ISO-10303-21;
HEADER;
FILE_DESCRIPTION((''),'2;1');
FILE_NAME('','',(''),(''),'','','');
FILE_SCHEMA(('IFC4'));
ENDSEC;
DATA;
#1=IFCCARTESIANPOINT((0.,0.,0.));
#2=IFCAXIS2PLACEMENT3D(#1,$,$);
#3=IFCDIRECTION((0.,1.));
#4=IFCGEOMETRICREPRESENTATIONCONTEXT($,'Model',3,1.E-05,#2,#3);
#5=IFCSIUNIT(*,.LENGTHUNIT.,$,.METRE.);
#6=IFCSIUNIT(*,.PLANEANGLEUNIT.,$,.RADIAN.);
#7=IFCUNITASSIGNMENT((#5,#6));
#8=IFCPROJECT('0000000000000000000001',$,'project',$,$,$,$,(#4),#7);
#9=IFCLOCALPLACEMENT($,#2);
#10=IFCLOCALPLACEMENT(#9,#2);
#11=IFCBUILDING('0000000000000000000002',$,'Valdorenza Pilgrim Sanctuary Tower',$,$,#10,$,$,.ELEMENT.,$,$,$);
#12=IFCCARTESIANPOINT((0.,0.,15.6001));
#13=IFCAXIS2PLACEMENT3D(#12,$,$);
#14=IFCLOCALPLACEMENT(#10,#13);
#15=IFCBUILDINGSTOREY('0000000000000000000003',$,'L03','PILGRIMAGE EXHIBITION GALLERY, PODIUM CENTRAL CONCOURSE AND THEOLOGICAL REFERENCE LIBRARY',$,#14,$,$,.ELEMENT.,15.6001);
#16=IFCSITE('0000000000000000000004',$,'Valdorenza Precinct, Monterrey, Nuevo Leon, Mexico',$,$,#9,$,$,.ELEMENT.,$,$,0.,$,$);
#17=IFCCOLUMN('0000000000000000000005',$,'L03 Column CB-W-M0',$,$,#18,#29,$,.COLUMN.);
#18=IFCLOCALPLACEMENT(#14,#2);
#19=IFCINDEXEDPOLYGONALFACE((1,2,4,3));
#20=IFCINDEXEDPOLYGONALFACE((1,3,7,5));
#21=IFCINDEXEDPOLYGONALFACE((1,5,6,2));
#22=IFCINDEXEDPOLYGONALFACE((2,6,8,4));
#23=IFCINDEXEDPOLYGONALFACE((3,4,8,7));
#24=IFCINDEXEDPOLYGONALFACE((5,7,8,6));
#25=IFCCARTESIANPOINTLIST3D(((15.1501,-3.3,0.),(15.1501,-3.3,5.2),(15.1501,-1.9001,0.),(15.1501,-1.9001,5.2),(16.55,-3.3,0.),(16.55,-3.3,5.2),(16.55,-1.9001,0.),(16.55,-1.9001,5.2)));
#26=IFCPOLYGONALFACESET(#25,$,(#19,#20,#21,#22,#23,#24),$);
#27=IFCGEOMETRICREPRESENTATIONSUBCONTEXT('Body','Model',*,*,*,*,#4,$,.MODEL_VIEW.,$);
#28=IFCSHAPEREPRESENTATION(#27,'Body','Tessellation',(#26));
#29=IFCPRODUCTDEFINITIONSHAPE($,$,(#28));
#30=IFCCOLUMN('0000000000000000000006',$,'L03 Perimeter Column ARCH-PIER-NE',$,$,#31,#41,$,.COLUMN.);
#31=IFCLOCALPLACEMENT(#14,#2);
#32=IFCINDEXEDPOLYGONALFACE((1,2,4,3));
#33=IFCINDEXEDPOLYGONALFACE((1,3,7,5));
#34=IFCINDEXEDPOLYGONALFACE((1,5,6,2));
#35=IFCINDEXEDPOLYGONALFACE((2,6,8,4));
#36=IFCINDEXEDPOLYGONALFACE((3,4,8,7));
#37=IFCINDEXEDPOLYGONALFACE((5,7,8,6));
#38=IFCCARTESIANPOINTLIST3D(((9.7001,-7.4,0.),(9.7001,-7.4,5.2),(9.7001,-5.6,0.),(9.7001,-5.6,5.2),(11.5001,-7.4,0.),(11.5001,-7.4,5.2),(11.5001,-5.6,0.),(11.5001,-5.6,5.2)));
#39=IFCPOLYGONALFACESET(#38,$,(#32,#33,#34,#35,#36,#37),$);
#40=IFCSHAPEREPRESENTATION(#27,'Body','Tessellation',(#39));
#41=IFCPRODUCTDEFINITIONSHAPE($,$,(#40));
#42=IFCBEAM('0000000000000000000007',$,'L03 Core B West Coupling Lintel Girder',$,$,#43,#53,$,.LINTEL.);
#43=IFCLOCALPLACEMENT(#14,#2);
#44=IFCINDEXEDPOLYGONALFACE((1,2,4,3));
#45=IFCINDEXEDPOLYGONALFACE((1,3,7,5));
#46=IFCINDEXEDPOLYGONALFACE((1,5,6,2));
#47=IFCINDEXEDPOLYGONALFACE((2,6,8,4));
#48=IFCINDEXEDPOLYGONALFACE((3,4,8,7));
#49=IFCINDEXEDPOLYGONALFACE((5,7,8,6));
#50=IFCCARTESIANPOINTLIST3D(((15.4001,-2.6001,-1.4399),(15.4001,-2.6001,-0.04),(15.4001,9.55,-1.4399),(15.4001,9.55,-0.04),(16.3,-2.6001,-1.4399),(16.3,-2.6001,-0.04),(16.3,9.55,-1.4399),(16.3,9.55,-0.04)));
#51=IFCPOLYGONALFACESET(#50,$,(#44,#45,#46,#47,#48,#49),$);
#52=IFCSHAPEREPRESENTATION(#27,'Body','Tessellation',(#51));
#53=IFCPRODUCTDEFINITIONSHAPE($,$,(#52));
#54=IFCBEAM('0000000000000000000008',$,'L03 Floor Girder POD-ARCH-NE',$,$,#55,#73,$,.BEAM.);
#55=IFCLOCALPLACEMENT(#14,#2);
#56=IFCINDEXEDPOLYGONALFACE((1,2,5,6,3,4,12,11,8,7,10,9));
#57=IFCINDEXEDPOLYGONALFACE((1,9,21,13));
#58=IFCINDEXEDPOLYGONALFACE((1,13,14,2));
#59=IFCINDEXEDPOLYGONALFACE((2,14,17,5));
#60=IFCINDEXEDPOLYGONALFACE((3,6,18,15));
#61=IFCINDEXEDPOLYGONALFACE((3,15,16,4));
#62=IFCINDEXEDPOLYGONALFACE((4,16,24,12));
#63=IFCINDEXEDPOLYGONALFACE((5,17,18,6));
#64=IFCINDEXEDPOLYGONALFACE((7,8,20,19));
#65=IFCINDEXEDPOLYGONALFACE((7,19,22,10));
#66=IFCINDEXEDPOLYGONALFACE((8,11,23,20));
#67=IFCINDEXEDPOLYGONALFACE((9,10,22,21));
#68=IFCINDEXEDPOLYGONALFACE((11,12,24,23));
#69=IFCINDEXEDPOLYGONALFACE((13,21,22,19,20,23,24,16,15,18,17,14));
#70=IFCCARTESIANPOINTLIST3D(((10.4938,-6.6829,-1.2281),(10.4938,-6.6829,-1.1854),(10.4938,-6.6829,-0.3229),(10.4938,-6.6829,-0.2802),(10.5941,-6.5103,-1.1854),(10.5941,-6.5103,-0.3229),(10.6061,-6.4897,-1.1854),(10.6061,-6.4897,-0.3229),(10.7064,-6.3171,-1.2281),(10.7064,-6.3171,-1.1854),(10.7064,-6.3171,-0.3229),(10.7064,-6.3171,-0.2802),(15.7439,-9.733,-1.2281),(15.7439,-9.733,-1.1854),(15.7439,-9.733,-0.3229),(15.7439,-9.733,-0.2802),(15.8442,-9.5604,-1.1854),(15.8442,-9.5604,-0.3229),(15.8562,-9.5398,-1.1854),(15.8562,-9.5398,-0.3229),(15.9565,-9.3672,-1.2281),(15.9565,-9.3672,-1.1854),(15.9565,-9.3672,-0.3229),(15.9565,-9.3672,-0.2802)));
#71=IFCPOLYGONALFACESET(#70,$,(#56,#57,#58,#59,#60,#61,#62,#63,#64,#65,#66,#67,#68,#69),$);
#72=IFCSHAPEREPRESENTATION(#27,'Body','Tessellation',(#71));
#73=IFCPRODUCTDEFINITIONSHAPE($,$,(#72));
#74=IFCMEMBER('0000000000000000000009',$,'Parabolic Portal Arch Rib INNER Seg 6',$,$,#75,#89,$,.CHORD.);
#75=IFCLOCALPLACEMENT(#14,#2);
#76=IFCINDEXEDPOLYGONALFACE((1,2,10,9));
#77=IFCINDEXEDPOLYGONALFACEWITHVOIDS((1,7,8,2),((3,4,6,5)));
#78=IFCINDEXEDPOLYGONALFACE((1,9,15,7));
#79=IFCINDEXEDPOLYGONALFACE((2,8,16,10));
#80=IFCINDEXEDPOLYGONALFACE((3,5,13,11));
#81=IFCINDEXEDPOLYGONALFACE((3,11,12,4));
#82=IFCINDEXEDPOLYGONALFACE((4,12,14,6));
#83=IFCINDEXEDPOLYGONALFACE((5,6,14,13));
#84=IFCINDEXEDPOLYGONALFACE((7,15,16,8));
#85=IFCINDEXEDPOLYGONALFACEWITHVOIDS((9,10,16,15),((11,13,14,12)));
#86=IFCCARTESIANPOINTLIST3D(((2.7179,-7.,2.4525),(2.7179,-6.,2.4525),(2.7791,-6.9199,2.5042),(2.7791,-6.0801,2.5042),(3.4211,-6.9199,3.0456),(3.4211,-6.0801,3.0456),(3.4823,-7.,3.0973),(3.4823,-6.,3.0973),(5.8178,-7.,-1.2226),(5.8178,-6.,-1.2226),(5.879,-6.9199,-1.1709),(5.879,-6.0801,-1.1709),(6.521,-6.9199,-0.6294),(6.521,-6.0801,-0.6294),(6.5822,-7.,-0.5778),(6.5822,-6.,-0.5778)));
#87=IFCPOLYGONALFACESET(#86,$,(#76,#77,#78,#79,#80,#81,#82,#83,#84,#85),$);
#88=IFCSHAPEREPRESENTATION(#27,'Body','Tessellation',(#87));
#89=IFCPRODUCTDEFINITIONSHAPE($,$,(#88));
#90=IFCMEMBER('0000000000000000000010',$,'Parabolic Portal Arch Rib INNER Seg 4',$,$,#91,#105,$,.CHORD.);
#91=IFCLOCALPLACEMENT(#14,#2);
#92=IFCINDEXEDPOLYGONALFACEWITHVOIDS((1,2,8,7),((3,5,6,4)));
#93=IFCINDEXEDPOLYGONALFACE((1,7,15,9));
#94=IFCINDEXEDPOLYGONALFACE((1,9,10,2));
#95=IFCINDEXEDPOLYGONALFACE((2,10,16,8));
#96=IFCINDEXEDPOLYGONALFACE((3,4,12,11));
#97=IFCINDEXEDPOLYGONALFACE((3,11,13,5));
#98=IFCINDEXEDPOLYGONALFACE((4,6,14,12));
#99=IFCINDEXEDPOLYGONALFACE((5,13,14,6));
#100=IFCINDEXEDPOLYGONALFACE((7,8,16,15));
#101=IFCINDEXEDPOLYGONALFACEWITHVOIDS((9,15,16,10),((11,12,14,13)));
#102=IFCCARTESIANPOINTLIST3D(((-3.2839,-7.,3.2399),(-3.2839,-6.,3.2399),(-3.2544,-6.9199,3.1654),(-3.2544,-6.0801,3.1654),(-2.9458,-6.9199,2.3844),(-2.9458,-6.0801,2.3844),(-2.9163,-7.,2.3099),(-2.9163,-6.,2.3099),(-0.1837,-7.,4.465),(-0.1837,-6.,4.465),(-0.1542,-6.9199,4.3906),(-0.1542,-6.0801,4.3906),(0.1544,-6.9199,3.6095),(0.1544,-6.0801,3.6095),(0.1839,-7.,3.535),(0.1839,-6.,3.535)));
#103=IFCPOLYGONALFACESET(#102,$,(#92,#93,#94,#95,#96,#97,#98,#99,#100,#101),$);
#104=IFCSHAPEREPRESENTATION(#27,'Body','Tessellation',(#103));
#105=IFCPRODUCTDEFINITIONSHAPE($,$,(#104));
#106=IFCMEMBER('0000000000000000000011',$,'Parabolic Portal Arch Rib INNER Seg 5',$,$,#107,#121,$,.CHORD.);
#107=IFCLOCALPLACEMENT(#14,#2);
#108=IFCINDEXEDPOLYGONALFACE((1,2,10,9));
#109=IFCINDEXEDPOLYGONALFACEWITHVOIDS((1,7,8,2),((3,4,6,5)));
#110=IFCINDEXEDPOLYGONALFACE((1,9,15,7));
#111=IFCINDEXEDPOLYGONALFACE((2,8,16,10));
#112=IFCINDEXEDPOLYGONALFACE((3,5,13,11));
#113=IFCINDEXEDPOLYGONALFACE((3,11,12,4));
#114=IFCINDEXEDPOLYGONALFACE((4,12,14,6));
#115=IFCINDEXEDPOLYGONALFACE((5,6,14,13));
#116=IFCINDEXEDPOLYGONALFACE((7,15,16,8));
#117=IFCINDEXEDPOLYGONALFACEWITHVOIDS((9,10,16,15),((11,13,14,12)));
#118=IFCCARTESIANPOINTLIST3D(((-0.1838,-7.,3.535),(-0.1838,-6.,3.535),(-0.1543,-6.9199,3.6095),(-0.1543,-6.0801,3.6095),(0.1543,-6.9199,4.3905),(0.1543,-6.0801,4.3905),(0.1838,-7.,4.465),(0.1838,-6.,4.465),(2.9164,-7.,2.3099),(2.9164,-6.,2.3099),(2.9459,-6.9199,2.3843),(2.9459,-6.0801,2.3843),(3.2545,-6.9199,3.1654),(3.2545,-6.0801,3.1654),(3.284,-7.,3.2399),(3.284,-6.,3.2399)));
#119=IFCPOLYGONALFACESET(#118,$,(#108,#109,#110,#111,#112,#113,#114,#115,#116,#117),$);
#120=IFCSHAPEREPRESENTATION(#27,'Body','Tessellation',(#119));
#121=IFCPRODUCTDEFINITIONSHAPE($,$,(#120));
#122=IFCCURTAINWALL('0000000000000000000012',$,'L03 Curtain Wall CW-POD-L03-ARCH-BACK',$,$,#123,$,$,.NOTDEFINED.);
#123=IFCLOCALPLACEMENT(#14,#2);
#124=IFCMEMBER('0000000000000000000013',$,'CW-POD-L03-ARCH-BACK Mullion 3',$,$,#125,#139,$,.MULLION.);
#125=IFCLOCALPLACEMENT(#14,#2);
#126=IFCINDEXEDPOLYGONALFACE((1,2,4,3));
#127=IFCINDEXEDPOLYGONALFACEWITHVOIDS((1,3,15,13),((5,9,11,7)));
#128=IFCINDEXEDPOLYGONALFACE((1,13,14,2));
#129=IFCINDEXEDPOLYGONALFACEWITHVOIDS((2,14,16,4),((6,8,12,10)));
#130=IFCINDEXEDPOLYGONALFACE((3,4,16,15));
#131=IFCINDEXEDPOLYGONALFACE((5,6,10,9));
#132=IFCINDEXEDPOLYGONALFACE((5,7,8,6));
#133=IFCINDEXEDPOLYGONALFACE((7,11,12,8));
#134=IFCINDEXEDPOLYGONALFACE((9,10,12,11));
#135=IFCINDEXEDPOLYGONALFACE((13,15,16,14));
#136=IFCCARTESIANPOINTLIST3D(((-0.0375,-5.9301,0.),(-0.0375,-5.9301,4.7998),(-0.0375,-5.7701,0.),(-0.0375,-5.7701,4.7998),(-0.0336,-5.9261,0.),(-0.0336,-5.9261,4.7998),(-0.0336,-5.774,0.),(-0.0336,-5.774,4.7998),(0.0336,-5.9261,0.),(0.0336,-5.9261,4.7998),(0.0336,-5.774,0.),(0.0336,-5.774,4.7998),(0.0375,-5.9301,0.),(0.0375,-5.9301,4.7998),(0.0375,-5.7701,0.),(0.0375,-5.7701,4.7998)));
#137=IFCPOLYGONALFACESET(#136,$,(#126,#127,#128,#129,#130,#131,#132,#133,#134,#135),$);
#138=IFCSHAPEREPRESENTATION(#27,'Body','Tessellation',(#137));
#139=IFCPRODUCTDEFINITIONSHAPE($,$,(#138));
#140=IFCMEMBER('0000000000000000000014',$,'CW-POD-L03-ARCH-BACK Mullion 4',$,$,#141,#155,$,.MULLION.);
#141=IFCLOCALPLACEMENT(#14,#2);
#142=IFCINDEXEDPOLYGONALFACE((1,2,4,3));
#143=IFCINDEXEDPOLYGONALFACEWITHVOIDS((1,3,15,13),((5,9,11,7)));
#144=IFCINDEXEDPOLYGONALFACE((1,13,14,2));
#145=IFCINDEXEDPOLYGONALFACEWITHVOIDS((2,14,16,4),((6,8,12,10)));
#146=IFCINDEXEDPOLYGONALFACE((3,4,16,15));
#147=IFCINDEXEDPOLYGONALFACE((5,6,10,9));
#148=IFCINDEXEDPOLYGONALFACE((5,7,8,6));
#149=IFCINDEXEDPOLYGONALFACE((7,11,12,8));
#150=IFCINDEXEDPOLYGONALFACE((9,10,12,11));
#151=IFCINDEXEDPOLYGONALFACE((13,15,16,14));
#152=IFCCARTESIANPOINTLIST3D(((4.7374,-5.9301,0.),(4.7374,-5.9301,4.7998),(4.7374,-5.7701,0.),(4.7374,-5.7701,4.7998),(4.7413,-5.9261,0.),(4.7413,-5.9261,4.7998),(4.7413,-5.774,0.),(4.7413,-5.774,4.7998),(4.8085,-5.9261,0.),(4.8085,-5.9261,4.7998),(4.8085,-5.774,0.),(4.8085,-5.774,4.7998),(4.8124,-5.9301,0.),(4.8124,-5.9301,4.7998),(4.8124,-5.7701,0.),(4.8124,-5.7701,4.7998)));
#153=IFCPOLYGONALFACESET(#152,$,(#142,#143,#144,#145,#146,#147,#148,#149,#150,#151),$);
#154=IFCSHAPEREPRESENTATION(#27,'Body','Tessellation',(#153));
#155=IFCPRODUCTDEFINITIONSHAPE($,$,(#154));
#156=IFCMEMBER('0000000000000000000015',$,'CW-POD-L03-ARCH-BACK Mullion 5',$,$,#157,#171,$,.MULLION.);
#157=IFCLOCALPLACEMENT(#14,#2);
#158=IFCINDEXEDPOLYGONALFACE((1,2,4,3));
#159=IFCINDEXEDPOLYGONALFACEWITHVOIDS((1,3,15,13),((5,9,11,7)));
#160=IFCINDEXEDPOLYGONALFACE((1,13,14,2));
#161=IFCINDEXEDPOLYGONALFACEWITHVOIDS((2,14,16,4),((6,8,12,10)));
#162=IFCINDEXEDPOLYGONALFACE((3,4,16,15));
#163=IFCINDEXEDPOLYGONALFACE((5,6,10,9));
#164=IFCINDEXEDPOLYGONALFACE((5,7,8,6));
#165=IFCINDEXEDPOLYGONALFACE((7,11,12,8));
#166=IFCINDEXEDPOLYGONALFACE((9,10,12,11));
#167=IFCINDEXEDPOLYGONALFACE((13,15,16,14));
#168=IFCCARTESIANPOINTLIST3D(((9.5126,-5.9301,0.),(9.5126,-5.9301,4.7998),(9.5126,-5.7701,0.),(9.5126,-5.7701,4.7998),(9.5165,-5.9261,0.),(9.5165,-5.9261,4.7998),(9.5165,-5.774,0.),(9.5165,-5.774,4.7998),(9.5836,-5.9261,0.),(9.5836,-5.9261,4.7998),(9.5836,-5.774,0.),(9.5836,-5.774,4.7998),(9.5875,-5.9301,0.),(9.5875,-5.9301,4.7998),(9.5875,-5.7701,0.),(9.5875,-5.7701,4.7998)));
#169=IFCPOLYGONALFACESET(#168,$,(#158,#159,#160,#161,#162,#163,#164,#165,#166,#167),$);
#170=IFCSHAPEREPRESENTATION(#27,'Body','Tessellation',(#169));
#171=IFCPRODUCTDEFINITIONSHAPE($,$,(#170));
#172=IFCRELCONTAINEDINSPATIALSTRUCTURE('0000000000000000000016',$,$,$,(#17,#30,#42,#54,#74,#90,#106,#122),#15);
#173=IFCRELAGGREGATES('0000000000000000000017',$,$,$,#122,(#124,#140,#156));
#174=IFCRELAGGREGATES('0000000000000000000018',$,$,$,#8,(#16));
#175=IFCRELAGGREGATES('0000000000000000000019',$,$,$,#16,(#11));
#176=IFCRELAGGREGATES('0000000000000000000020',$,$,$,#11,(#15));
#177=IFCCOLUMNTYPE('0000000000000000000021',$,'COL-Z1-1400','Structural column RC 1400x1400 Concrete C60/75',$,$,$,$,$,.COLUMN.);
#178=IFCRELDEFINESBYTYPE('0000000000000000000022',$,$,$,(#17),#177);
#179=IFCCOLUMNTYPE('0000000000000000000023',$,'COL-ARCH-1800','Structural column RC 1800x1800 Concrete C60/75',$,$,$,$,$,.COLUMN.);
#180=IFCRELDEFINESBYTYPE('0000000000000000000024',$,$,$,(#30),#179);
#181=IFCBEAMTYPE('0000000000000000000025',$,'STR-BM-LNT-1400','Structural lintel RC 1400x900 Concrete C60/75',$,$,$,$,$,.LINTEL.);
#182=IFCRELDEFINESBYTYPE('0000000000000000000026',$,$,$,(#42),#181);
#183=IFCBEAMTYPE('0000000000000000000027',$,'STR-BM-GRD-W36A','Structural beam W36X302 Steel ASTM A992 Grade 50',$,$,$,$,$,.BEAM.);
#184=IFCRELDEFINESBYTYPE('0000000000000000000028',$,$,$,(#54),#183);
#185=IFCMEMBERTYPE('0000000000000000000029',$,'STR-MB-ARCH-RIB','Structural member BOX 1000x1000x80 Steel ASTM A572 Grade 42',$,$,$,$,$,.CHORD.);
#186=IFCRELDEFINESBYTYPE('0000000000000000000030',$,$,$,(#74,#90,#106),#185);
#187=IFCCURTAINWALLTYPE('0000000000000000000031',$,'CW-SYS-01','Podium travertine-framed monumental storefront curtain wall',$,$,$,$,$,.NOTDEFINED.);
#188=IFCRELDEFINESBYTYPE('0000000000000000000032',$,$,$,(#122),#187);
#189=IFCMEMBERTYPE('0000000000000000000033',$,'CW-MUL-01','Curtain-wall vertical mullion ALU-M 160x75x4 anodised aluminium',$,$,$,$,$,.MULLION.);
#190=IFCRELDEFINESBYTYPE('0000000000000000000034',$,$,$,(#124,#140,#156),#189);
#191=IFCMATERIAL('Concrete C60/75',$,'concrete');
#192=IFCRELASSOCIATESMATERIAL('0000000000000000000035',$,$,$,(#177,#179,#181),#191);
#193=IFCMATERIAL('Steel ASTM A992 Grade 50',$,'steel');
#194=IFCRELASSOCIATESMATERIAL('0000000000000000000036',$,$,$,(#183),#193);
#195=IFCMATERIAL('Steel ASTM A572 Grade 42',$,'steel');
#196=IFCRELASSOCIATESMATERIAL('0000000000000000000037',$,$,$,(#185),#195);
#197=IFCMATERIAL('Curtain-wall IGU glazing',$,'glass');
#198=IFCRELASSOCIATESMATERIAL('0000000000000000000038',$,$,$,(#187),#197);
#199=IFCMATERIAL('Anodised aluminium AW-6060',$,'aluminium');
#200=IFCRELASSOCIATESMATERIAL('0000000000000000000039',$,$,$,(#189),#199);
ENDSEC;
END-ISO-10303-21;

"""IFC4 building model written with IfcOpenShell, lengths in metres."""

from ifc_helpers import new_model, si_unit, direction, frame, origin, origin_2d, place, context, subcontext, project, spatial, rectangle, hollow_rectangle, i_section, extrude, source, transform, mapped, material, material_profile, profile_set, type_object, element, aggregate, save


model = new_model("IFC4")

# Units and contexts
model_context = context("Model", 3, precision=1e-05, world=origin(), true_north=direction((0.0, 1.0)))
body_context = subcontext(model_context, "Body", "Model", "MODEL_VIEW")
ifc_project = project(units=[si_unit("LENGTHUNIT", "METRE"), si_unit("PLANEANGLEUNIT", "RADIAN")], contexts=[model_context])

# Site, building, storey
site_placement = place(None, origin())
site = spatial("IfcSite", under=ifc_project, at=site_placement, Name="Valdorenza Precinct, Monterrey, Nuevo Leon, Mexico", CompositionType="ELEMENT", RefElevation=0.0)
building_placement = place(site_placement, origin())
building = spatial("IfcBuilding", under=site, at=building_placement, Name="Valdorenza Pilgrim Sanctuary Tower", CompositionType="ELEMENT")
storey_placement = place(building_placement, frame((0.0, 0.0, 15.6001)))
storey = spatial("IfcBuildingStorey", under=building, at=storey_placement, Name="L03", Description="PILGRIMAGE EXHIBITION GALLERY, PODIUM CENTRAL CONCOURSE AND THEOLOGICAL REFERENCE LIBRARY", CompositionType="ELEMENT", Elevation=15.6001)

# Columns
ifc_material_1 = material(Name="Concrete C60/75", Category="concrete")
ifc_material_profile_1 = material_profile(ifc_material_1, rectangle(XDim=1.3999, YDim=1.3999, at=origin_2d()), Name="RC 1400x1400")
ifc_profile_set_1 = profile_set([ifc_material_profile_1], Name="Concrete C60/75")
column_type_1 = type_object("IfcColumnType", Name="COL-Z1-1400", Description="Structural column RC 1400x1400 Concrete C60/75", PredefinedType="COLUMN", material=ifc_profile_set_1)
shared_shape_1 = source(origin(), body_context, "Body", "SweptSolid", [
    extrude(rectangle(XDim=1.3999, YDim=1.3999, at=origin_2d()), origin(), (0.0, 0.0, 1.0), 5.2),
])
column_1_placement = place(storey_placement, frame((15.8501, -2.6001, 0.0), z_axis=(0.0, 0.0, 1.0), x_axis=(1.0, 0.0, 0.0)))
element("IfcColumn", 1, at=column_1_placement, inside=storey, type_object=column_type_1, Name="L03 Column CB-W-M0", PredefinedType="COLUMN", context=body_context, shape_type="MappedRepresentation", body=[
    mapped(shared_shape_1, transform((0.0, 0.0, 0.0), x_axis=(1.0, 0.0, 0.0), y_axis=(0.0, 1.0, 0.0), z_axis=(0.0, 0.0, 1.0), scale=1.0)),
])
ifc_material_profile_2 = material_profile(ifc_material_1, rectangle(XDim=1.8, YDim=1.8, at=origin_2d()), Name="RC 1800x1800")
ifc_profile_set_2 = profile_set([ifc_material_profile_2], Name="Concrete C60/75")
column_type_2 = type_object("IfcColumnType", Name="COL-ARCH-1800", Description="Structural column RC 1800x1800 Concrete C60/75", PredefinedType="COLUMN", material=ifc_profile_set_2)
shared_shape_2 = source(origin(), body_context, "Body", "SweptSolid", [
    extrude(rectangle(XDim=1.8, YDim=1.8, at=origin_2d()), origin(), (0.0, 0.0, 1.0), 5.2),
])
column_2_placement = place(storey_placement, frame((10.6001, -6.5, 0.0), z_axis=(0.0, 0.0, 1.0), x_axis=(1.0, 0.0, 0.0)))
element("IfcColumn", 2, at=column_2_placement, inside=storey, type_object=column_type_2, Name="L03 Perimeter Column ARCH-PIER-NE", PredefinedType="COLUMN", context=body_context, shape_type="MappedRepresentation", body=[
    mapped(shared_shape_2, transform((0.0, 0.0, 0.0), x_axis=(1.0, 0.0, 0.0), y_axis=(0.0, 1.0, 0.0), z_axis=(0.0, 0.0, 1.0), scale=1.0)),
])

# Beams
ifc_material_profile_3 = material_profile(ifc_material_1, rectangle(XDim=0.8999, YDim=1.3999, at=origin_2d()), Name="RC 1400x900")
ifc_profile_set_3 = profile_set([ifc_material_profile_3], Name="Concrete C60/75")
beam_type_1 = type_object("IfcBeamType", Name="STR-BM-LNT-1400", Description="Structural lintel RC 1400x900 Concrete C60/75", PredefinedType="LINTEL", material=ifc_profile_set_3)
shared_shape_3 = source(origin(), body_context, "Body", "SweptSolid", [
    extrude(rectangle(XDim=0.8999, YDim=1.3999, at=origin_2d()), origin(), (0.0, 0.0, 1.0), 12.1501),
])
beam_1_placement = place(storey_placement, frame((15.8501, -2.6001, -0.74), z_axis=(0.0, 1.0, 0.0), x_axis=(-1.0, 0.0, 0.0)))
element("IfcBeam", 3, at=beam_1_placement, inside=storey, type_object=beam_type_1, Name="L03 Core B West Coupling Lintel Girder", PredefinedType="LINTEL", context=body_context, shape_type="MappedRepresentation", body=[
    mapped(shared_shape_3, transform((0.0, 0.0, 0.0), x_axis=(1.0, 0.0, 0.0), y_axis=(0.0, 1.0, 0.0), z_axis=(0.0, 0.0, 1.0), scale=1.0)),
])
ifc_material_2 = material(Name="Steel ASTM A992 Grade 50", Category="steel")
ifc_material_profile_4 = material_profile(ifc_material_2, i_section(OverallWidth=0.4231, OverallDepth=0.948, WebThickness=0.0239, FlangeThickness=0.0427, at=origin_2d()), Name="W36X302")
ifc_profile_set_4 = profile_set([ifc_material_profile_4], Name="Steel ASTM A992 Grade 50")
beam_type_2 = type_object("IfcBeamType", Name="STR-BM-GRD-W36A", Description="Structural beam W36X302 Steel ASTM A992 Grade 50", PredefinedType="BEAM", material=ifc_profile_set_4)
shared_shape_4 = source(origin(), body_context, "Body", "SweptSolid", [
    extrude(i_section(OverallWidth=0.4231, OverallDepth=0.948, WebThickness=0.0239, FlangeThickness=0.0427, at=origin_2d()), origin(), (0.0, 0.0, 1.0), 6.0718),
])
beam_2_placement = place(storey_placement, frame((10.6001, -6.5, -0.7542), z_axis=(0.86467, -0.50234, 0.0), x_axis=(0.50234, 0.86467, 0.0)))
element("IfcBeam", 4, at=beam_2_placement, inside=storey, type_object=beam_type_2, Name="L03 Floor Girder POD-ARCH-NE", PredefinedType="BEAM", context=body_context, shape_type="MappedRepresentation", body=[
    mapped(shared_shape_4, transform((0.0, 0.0, 0.0), x_axis=(1.0, 0.0, 0.0), y_axis=(0.0, 1.0, 0.0), z_axis=(0.0, 0.0, 1.0), scale=1.0)),
])

# Members
ifc_material_3 = material(Name="Steel ASTM A572 Grade 42", Category="steel")
ifc_material_profile_5 = material_profile(ifc_material_3, hollow_rectangle(XDim=1.0, YDim=1.0, WallThickness=0.0801, at=origin_2d()), Name="BOX 1000x1000x80")
ifc_profile_set_5 = profile_set([ifc_material_profile_5], Name="Steel ASTM A572 Grade 42")
member_type_1 = type_object("IfcMemberType", Name="STR-MB-ARCH-RIB", Description="Structural member BOX 1000x1000x80 Steel ASTM A572 Grade 42", PredefinedType="CHORD", material=ifc_profile_set_5)
shared_shape_5 = source(origin(), body_context, "Body", "SweptSolid", [
    extrude(hollow_rectangle(XDim=1.0, YDim=1.0, WallThickness=0.0801, at=origin_2d()), origin(), (0.0, 0.0, 1.0), 4.8079),
])
member_1_placement = place(storey_placement, frame((3.1001, -6.5, 2.7749), z_axis=(0.644753, 0.0, -0.764391), x_axis=(0.0, 1.0, 0.0)))
element("IfcMember", 5, at=member_1_placement, inside=storey, type_object=member_type_1, Name="Parabolic Portal Arch Rib INNER Seg 6", PredefinedType="CHORD", context=body_context, shape_type="MappedRepresentation", body=[
    mapped(shared_shape_5, transform((0.0, 0.0, 0.0), x_axis=(1.0, 0.0, 0.0), y_axis=(0.0, 1.0, 0.0), z_axis=(0.0, 0.0, 1.0), scale=1.0)),
])
shared_shape_6 = source(origin(), body_context, "Body", "SweptSolid", [
    extrude(hollow_rectangle(XDim=1.0, YDim=1.0, WallThickness=0.0801, at=origin_2d()), origin(), (0.0, 0.0, 1.0), 3.3335),
])
for number, where, z_axis, x_axis, name in (
    (6, (-3.1001, -6.5, 2.7749), (0.930014, 0.0, 0.367523), (0.0, 1.0, 0.0), "Parabolic Portal Arch Rib INNER Seg 4"),
    (7, (0.0, -6.5, 4.0), (0.930014, 0.0, -0.367523), (0.0, 1.0, 0.0), "Parabolic Portal Arch Rib INNER Seg 5"),
):
    element("IfcMember", number, at=place(storey_placement, frame(where, z_axis=z_axis, x_axis=x_axis)), inside=storey, type_object=member_type_1, Name=name, PredefinedType="CHORD", context=body_context, shape_type="MappedRepresentation", body=[
        mapped(shared_shape_6, transform((0.0, 0.0, 0.0), x_axis=(1.0, 0.0, 0.0), y_axis=(0.0, 1.0, 0.0), z_axis=(0.0, 0.0, 1.0), scale=1.0)),
    ])

# Curtain wall, members
ifc_material_4 = material(Name="Curtain-wall IGU glazing", Category="glass")
curtain_wall_type = type_object("IfcCurtainWallType", Name="CW-SYS-01", Description="Podium travertine-framed monumental storefront curtain wall", PredefinedType="NOTDEFINED", material=ifc_material_4)
curtain_wall_placement = place(storey_placement, origin())
curtain_wall = element("IfcCurtainWall", 8, at=curtain_wall_placement, inside=storey, type_object=curtain_wall_type, Name="L03 Curtain Wall CW-POD-L03-ARCH-BACK", PredefinedType="NOTDEFINED")
ifc_material_5 = material(Name="Anodised aluminium AW-6060", Category="aluminium")
ifc_material_profile_6 = material_profile(ifc_material_5, hollow_rectangle(XDim=0.075, YDim=0.1599, WallThickness=0.0039, at=origin_2d()), Name="ALU-M 160x75x4")
ifc_profile_set_6 = profile_set([ifc_material_profile_6], Name="Anodised aluminium AW-6060")
member_type_2 = type_object("IfcMemberType", Name="CW-MUL-01", Description="Curtain-wall vertical mullion ALU-M 160x75x4 anodised aluminium", PredefinedType="MULLION", material=ifc_profile_set_6)
shared_shape_7 = source(origin(), body_context, "Body", "SweptSolid", [
    extrude(hollow_rectangle(XDim=0.075, YDim=0.1599, WallThickness=0.0039, at=origin_2d()), origin(), (0.0, 0.0, 1.0), 4.7998),
])
member_2_placement = place(storey_placement, frame((0.0, -5.8501, 0.0), z_axis=(0.0, 0.0, 1.0), x_axis=(1.0, 0.0, 0.0)))
member_2 = element("IfcMember", 9, at=member_2_placement, type_object=member_type_2, Name="CW-POD-L03-ARCH-BACK Mullion 3", PredefinedType="MULLION", context=body_context, shape_type="MappedRepresentation", body=[
    mapped(shared_shape_7, transform((0.0, 0.0, 0.0), x_axis=(1.0, 0.0, 0.0), y_axis=(0.0, 1.0, 0.0), z_axis=(0.0, 0.0, 1.0), scale=1.0)),
])
member_3_placement = place(storey_placement, frame((4.7749, -5.8501, 0.0), z_axis=(0.0, 0.0, 1.0), x_axis=(1.0, 0.0, 0.0)))
member_3 = element("IfcMember", 10, at=member_3_placement, type_object=member_type_2, Name="CW-POD-L03-ARCH-BACK Mullion 4", PredefinedType="MULLION", context=body_context, shape_type="MappedRepresentation", body=[
    mapped(shared_shape_7, transform((0.0, 0.0, 0.0), x_axis=(1.0, 0.0, 0.0), y_axis=(0.0, 1.0, 0.0), z_axis=(0.0, 0.0, 1.0), scale=1.0)),
])
member_4_placement = place(storey_placement, frame((9.55, -5.8501, 0.0), z_axis=(0.0, 0.0, 1.0), x_axis=(1.0, 0.0, 0.0)))
member_4 = element("IfcMember", 11, at=member_4_placement, type_object=member_type_2, Name="CW-POD-L03-ARCH-BACK Mullion 5", PredefinedType="MULLION", context=body_context, shape_type="MappedRepresentation", body=[
    mapped(shared_shape_7, transform((0.0, 0.0, 0.0), x_axis=(1.0, 0.0, 0.0), y_axis=(0.0, 1.0, 0.0), z_axis=(0.0, 0.0, 1.0), scale=1.0)),
])

aggregate(curtain_wall, [member_2, member_3, member_4])

save(model, "model.ifc")
